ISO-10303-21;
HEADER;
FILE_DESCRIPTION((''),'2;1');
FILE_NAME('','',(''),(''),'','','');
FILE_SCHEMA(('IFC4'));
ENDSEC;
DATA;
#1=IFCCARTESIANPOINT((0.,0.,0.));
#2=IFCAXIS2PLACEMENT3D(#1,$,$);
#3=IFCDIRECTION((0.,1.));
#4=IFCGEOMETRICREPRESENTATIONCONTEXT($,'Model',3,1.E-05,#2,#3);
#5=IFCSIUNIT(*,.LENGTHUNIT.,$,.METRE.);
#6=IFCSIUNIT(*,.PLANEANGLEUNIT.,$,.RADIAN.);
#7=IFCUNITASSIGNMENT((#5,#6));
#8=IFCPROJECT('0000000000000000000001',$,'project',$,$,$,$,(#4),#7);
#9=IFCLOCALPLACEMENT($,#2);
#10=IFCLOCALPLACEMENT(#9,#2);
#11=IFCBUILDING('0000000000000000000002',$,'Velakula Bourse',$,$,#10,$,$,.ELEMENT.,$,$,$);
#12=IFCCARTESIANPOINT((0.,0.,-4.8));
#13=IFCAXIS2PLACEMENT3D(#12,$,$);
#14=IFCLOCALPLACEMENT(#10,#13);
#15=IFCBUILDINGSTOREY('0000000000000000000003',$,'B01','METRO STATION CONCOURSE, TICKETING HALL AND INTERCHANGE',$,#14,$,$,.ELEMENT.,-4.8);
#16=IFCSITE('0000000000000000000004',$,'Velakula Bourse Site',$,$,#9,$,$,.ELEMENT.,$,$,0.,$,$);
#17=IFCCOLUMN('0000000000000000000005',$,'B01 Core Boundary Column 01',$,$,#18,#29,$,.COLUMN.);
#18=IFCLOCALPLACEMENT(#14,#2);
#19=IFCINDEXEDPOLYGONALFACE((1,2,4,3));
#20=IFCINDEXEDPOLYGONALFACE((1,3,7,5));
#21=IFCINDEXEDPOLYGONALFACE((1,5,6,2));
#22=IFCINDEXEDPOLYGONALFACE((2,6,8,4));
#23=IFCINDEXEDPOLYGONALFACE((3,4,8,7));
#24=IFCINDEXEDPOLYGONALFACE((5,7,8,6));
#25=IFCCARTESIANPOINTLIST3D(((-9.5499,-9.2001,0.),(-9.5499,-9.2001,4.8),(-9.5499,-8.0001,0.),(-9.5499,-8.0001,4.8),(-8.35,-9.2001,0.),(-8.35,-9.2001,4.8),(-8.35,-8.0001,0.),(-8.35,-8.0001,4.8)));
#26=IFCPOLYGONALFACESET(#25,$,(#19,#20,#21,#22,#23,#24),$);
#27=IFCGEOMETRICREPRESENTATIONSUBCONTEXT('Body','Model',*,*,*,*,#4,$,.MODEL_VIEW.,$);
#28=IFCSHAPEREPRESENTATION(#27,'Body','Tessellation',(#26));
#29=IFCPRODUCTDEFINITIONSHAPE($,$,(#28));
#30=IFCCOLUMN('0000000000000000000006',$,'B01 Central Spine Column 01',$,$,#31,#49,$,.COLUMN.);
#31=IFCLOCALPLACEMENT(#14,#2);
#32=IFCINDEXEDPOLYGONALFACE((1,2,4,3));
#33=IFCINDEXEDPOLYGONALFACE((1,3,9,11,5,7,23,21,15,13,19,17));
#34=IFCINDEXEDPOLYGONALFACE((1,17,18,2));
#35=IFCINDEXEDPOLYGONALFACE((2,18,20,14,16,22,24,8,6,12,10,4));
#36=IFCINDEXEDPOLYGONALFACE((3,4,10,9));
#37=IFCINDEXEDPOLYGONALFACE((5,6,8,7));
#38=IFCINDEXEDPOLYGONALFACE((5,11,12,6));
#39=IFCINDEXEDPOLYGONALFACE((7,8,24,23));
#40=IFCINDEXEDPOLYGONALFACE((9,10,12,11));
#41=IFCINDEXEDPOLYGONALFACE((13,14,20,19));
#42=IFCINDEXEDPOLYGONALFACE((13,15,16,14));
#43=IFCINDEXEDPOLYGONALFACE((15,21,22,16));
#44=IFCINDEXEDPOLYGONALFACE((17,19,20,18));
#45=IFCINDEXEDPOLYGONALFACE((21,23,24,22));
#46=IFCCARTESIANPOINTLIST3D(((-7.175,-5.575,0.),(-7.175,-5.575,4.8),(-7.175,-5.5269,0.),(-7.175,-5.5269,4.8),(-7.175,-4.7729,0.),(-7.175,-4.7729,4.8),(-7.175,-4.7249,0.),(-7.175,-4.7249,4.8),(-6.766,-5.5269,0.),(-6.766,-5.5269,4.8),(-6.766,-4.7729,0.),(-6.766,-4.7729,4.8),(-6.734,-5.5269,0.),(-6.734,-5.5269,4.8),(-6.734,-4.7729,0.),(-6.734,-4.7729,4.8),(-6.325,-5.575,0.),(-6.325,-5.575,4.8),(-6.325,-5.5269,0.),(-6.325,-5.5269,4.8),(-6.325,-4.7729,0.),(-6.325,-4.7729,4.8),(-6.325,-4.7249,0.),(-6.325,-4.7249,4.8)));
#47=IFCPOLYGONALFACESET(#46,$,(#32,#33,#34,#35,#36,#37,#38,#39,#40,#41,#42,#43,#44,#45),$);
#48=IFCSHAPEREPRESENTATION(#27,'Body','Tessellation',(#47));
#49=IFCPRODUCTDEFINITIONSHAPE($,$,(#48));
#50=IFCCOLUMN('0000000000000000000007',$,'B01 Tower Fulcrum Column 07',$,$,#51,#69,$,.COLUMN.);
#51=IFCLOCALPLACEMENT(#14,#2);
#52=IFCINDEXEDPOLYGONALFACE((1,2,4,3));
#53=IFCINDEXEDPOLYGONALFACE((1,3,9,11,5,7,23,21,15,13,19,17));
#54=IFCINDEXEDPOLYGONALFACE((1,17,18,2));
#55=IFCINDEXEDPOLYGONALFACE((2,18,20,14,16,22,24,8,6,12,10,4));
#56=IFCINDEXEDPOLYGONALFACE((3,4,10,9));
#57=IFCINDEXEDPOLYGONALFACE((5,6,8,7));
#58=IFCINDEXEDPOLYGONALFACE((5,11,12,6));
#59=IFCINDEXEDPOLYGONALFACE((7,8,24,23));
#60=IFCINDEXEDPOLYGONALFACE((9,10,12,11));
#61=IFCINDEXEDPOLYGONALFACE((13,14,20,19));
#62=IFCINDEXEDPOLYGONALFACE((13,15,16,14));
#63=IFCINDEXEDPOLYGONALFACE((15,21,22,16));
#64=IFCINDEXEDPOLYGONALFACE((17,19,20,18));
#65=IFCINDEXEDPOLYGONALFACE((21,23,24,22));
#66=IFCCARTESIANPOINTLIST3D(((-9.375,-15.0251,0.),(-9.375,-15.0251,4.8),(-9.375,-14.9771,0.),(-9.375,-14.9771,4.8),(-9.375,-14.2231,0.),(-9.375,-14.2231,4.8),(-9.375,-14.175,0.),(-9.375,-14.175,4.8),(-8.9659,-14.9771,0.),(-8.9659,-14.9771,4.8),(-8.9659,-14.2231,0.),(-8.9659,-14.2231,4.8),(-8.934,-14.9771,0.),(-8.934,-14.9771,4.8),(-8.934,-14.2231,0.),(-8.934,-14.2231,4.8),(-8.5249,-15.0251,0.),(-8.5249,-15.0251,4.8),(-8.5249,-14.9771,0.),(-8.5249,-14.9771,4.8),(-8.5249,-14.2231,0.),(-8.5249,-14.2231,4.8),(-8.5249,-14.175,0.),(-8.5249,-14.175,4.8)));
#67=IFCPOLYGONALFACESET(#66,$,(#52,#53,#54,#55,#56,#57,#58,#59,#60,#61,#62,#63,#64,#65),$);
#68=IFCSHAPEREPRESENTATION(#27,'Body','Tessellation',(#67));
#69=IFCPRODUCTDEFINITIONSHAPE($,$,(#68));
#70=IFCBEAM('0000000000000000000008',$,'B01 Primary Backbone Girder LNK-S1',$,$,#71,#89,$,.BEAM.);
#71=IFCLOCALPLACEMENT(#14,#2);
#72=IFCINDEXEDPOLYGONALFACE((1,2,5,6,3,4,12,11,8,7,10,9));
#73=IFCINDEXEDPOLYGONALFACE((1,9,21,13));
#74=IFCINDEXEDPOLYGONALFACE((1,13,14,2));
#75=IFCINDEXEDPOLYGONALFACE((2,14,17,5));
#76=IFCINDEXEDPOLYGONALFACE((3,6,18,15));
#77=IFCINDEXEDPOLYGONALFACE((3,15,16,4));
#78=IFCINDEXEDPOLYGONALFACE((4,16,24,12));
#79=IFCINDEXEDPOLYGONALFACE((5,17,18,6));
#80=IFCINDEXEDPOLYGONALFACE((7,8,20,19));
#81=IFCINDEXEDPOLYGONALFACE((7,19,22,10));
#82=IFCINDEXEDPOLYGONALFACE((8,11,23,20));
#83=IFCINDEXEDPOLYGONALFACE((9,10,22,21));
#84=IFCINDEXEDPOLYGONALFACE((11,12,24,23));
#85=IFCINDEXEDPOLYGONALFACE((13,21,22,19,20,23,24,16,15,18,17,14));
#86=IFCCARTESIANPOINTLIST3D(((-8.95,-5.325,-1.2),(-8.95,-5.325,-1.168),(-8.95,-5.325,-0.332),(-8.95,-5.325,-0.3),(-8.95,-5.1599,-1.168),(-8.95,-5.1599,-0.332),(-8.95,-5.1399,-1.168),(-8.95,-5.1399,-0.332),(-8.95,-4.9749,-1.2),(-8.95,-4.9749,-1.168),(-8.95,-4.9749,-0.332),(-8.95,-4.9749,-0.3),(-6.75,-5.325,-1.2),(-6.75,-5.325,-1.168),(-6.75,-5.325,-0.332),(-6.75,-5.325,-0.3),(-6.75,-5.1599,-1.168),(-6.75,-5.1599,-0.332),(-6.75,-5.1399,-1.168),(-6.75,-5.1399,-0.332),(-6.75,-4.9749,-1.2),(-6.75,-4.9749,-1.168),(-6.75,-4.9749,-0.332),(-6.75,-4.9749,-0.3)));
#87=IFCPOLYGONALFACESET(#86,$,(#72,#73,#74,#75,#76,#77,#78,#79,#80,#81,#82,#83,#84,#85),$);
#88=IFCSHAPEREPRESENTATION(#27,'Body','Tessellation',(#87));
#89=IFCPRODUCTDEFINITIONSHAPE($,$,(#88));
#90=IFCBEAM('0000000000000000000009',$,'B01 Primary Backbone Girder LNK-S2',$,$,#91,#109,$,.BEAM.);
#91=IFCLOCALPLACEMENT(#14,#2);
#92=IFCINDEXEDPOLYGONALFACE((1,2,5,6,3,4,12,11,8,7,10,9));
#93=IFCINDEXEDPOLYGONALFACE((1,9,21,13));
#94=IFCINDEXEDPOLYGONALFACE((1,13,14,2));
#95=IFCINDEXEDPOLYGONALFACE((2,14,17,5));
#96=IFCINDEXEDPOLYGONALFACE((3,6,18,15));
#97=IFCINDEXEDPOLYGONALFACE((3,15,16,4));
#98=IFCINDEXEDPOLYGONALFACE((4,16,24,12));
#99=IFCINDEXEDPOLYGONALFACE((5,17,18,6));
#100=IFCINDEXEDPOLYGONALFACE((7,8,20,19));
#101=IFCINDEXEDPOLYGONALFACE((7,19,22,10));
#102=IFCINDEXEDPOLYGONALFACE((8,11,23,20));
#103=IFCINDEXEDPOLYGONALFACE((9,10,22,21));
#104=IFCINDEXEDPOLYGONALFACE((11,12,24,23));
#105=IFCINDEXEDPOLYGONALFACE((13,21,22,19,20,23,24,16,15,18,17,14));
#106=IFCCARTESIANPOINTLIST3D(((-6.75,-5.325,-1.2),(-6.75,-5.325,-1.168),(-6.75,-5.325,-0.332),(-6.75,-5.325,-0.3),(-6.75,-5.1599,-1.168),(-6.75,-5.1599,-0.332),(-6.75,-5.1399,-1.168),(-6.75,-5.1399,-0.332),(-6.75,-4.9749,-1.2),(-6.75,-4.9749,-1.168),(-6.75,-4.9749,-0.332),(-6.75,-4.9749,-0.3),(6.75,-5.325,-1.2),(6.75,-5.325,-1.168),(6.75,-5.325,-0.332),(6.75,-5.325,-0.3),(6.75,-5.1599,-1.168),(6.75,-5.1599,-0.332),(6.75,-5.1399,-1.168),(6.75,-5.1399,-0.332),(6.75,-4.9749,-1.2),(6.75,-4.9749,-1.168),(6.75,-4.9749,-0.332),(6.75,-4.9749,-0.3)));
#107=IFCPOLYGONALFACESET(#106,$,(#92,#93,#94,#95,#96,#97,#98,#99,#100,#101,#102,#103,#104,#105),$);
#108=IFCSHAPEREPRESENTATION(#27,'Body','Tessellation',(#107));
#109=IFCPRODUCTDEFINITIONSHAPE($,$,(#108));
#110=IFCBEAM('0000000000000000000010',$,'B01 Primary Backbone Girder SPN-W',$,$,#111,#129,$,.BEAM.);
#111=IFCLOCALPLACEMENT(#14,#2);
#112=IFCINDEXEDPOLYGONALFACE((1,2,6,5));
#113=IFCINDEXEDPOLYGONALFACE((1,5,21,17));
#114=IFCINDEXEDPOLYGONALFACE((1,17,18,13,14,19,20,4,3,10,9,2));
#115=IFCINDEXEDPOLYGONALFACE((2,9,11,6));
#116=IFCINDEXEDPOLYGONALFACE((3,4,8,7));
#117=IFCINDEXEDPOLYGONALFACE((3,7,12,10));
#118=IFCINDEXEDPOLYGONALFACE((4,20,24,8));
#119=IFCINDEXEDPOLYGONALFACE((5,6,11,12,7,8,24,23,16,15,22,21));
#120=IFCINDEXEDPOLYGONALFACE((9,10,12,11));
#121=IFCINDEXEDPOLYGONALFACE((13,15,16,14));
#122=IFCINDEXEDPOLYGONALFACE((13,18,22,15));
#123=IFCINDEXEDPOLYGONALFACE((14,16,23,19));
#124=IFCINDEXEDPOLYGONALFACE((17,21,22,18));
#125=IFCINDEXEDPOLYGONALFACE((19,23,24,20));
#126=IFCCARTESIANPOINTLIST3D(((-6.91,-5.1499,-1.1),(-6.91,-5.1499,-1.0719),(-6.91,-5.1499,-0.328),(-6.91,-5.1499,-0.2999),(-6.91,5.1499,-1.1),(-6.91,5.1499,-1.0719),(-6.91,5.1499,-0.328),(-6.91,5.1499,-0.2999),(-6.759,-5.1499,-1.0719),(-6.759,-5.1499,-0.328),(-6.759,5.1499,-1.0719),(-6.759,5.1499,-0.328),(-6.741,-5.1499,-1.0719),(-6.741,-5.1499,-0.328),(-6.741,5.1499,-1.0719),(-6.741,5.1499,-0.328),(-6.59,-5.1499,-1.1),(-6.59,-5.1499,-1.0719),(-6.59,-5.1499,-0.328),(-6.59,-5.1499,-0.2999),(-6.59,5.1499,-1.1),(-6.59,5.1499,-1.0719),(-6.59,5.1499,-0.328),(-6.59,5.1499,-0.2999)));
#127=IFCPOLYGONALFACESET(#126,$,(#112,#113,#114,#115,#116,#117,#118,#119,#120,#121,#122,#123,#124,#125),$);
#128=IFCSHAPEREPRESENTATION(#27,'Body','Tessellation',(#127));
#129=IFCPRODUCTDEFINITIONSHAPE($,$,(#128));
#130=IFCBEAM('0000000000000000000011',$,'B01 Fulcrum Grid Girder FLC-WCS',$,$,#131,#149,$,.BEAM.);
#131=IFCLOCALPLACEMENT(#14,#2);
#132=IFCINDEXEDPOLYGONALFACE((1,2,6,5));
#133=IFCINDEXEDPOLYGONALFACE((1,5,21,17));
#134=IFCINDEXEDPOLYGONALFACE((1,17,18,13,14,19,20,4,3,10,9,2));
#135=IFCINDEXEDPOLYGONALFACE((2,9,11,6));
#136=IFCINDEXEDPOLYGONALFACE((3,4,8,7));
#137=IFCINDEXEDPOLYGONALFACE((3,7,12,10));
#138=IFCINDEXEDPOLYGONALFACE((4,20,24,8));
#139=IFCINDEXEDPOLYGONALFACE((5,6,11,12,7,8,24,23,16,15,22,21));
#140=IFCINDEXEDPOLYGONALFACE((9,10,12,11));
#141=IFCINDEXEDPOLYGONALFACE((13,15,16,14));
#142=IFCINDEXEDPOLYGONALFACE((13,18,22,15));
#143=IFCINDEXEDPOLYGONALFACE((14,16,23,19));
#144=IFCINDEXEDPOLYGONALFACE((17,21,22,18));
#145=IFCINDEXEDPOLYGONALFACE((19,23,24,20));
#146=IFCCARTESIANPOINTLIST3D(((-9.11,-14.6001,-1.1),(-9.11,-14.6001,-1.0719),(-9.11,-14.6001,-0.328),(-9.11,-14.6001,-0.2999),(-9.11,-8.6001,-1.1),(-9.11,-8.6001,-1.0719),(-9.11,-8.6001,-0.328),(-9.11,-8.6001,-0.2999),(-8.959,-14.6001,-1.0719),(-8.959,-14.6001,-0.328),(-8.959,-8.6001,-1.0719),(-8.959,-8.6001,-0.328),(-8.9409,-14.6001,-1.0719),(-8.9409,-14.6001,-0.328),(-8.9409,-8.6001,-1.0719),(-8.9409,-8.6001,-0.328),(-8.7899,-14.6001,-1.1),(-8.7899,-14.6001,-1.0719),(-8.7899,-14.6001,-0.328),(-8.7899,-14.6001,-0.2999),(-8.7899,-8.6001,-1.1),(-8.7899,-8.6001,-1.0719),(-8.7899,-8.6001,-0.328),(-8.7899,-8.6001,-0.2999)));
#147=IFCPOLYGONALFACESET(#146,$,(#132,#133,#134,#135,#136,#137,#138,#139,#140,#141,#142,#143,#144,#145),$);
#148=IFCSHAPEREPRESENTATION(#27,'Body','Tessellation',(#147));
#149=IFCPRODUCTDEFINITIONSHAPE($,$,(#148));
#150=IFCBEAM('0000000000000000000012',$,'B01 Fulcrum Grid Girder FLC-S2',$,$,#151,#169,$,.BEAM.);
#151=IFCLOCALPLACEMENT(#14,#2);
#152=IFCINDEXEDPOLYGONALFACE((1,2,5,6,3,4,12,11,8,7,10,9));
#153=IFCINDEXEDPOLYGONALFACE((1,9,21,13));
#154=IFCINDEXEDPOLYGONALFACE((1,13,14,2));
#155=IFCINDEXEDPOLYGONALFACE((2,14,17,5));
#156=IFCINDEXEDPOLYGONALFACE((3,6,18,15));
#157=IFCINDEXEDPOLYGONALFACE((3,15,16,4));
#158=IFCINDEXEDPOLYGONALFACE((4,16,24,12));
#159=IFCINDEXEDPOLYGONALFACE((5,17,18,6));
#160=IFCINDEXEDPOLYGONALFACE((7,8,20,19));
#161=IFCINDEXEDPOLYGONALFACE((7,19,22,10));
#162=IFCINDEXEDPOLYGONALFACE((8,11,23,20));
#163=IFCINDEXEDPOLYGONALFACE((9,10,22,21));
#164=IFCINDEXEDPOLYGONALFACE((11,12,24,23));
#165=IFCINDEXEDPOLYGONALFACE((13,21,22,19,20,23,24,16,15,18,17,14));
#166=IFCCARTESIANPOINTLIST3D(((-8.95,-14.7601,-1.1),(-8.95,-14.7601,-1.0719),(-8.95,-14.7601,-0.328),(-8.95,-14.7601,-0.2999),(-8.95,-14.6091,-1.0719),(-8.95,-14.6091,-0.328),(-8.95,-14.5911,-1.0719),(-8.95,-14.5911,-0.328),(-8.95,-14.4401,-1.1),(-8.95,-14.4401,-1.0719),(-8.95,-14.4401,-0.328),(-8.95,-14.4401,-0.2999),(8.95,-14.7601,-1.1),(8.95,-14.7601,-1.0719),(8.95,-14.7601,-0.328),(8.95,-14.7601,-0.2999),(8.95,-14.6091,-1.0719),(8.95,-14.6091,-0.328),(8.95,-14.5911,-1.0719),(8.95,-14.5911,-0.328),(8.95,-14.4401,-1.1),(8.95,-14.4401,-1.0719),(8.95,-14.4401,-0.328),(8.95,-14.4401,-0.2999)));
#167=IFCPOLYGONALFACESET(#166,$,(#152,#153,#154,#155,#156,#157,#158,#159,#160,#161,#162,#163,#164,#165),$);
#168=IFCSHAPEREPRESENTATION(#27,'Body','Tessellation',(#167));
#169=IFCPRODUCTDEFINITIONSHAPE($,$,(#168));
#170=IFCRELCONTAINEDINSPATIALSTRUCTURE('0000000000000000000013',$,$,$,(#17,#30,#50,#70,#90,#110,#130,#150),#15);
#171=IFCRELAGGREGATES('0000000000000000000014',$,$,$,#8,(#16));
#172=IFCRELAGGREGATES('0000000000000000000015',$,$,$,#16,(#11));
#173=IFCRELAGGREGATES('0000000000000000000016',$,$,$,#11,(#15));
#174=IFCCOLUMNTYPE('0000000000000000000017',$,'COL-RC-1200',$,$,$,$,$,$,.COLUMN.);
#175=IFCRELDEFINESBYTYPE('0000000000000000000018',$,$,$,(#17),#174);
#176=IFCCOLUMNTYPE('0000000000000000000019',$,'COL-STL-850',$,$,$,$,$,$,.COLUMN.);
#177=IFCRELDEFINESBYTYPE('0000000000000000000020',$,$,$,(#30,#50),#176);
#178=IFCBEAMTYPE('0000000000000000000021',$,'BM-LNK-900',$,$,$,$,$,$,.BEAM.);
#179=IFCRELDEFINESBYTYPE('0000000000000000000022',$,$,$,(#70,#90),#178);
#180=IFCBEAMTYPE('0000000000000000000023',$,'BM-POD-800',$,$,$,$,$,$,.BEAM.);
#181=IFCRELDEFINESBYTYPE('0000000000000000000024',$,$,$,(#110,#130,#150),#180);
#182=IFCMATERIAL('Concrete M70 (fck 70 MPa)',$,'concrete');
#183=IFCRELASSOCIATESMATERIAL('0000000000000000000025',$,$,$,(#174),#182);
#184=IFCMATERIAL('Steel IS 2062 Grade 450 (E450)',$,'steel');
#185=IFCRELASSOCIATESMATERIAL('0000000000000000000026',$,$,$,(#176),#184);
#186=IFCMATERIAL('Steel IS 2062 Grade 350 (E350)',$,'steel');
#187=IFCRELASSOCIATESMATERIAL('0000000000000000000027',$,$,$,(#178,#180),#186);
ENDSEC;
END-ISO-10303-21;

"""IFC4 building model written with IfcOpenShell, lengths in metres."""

from ifc_helpers import new_model, si_unit, direction, frame, origin, origin_2d, place, context, subcontext, project, spatial, rectangle, i_section, extrude, material, material_profile, profile_set, type_object, element, save


model = new_model("IFC4")

# Units and contexts
model_context = context("Model", 3, precision=1e-05, world=origin(), true_north=direction((0.0, 1.0)))
body_context = subcontext(model_context, "Body", "Model", "MODEL_VIEW")
ifc_project = project(units=[si_unit("LENGTHUNIT", "METRE"), si_unit("PLANEANGLEUNIT", "RADIAN")], contexts=[model_context])

# Site, building, storey
site_placement = place(None, origin())
site = spatial("IfcSite", under=ifc_project, at=site_placement, Name="Velakula Bourse Site", CompositionType="ELEMENT", RefElevation=0.0)
building_placement = place(site_placement, origin())
building = spatial("IfcBuilding", under=site, at=building_placement, Name="Velakula Bourse", CompositionType="ELEMENT")
storey_placement = place(building_placement, frame((0.0, 0.0, -4.8)))
storey = spatial("IfcBuildingStorey", under=building, at=storey_placement, Name="B01", Description="METRO STATION CONCOURSE, TICKETING HALL AND INTERCHANGE", CompositionType="ELEMENT", Elevation=-4.8)

# Columns
ifc_material_1 = material(Name="Concrete M70 (fck 70 MPa)", Category="concrete")
ifc_material_profile_1 = material_profile(ifc_material_1, rectangle(XDim=1.2, YDim=1.2, at=origin_2d()), Name="Concrete M70 (fck 70 MPa)")
ifc_profile_set_1 = profile_set([ifc_material_profile_1], Name="Concrete M70 (fck 70 MPa)")
column_type_1 = type_object("IfcColumnType", Name="COL-RC-1200", PredefinedType="COLUMN", material=ifc_profile_set_1)
column_placement = place(storey_placement, frame((-8.95, -8.6001, 0.0), z_axis=(0.0, 0.0, 1.0), x_axis=(1.0, 0.0, 0.0)))
element("IfcColumn", 1, at=column_placement, inside=storey, type_object=column_type_1, Name="B01 Core Boundary Column 01", PredefinedType="COLUMN", context=body_context, shape_type="SweptSolid", body=[
    extrude(rectangle(XDim=1.2, YDim=1.2, at=origin_2d()), origin(), (0.0, 0.0, 1.0), 4.8),
])
ifc_material_2 = material(Name="Steel IS 2062 Grade 450 (E450)", Category="steel")
ifc_material_profile_2 = material_profile(ifc_material_2, i_section(OverallWidth=0.8501, OverallDepth=0.8501, WebThickness=0.032, FlangeThickness=0.0481, at=origin_2d()), Name="Steel IS 2062 Grade 450 (E450)")
ifc_profile_set_2 = profile_set([ifc_material_profile_2], Name="Steel IS 2062 Grade 450 (E450)")
column_type_2 = type_object("IfcColumnType", Name="COL-STL-850", PredefinedType="COLUMN", material=ifc_profile_set_2)
for number, where, z_axis, x_axis, name in (
    (2, (-6.75, -5.1499, 0.0), (0.0, 0.0, 1.0), (1.0, 0.0, 0.0), "B01 Central Spine Column 01"),
    (3, (-8.95, -14.6001, 0.0), (0.0, 0.0, 1.0), (1.0, 0.0, 0.0), "B01 Tower Fulcrum Column 07"),
):
    element("IfcColumn", number, at=place(storey_placement, frame(where, z_axis=z_axis, x_axis=x_axis)), inside=storey, type_object=column_type_2, Name=name, PredefinedType="COLUMN", context=body_context, shape_type="SweptSolid", body=[
        extrude(i_section(OverallWidth=0.8501, OverallDepth=0.8501, WebThickness=0.032, FlangeThickness=0.0481, at=origin_2d()), origin(), (0.0, 0.0, 1.0), 4.8),
    ])

# Beams
ifc_material_3 = material(Name="Steel IS 2062 Grade 350 (E350)", Category="steel")
ifc_material_profile_3 = material_profile(ifc_material_3, i_section(OverallWidth=0.3501, OverallDepth=0.8999, WebThickness=0.02, FlangeThickness=0.032, at=origin_2d()), Name="Steel IS 2062 Grade 350 (E350)")
ifc_profile_set_3 = profile_set([ifc_material_profile_3], Name="Steel IS 2062 Grade 350 (E350)")
beam_type_1 = type_object("IfcBeamType", Name="BM-LNK-900", PredefinedType="BEAM", material=ifc_profile_set_3)
beam_1_placement = place(storey_placement, frame((-8.95, -5.1499, -0.75), z_axis=(1.0, 0.0, 0.0), x_axis=(0.0, 1.0, 0.0)))
element("IfcBeam", 4, at=beam_1_placement, inside=storey, type_object=beam_type_1, Name="B01 Primary Backbone Girder LNK-S1", PredefinedType="BEAM", context=body_context, shape_type="SweptSolid", body=[
    extrude(i_section(OverallWidth=0.3501, OverallDepth=0.8999, WebThickness=0.02, FlangeThickness=0.032, at=origin_2d()), origin(), (0.0, 0.0, 1.0), 2.2),
])
beam_2_placement = place(storey_placement, frame((-6.75, -5.1499, -0.75), z_axis=(1.0, 0.0, 0.0), x_axis=(0.0, 1.0, 0.0)))
element("IfcBeam", 5, at=beam_2_placement, inside=storey, type_object=beam_type_1, Name="B01 Primary Backbone Girder LNK-S2", PredefinedType="BEAM", context=body_context, shape_type="SweptSolid", body=[
    extrude(i_section(OverallWidth=0.3501, OverallDepth=0.8999, WebThickness=0.02, FlangeThickness=0.032, at=origin_2d()), origin(), (0.0, 0.0, 1.0), 13.5),
])
ifc_material_profile_4 = material_profile(ifc_material_3, i_section(OverallWidth=0.3201, OverallDepth=0.8, WebThickness=0.0181, FlangeThickness=0.0281, at=origin_2d()), Name="Steel IS 2062 Grade 350 (E350)")
ifc_profile_set_4 = profile_set([ifc_material_profile_4], Name="Steel IS 2062 Grade 350 (E350)")
beam_type_2 = type_object("IfcBeamType", Name="BM-POD-800", PredefinedType="BEAM", material=ifc_profile_set_4)
beam_3_placement = place(storey_placement, frame((-6.75, -5.1499, -0.7), z_axis=(0.0, 1.0, 0.0), x_axis=(-1.0, 0.0, 0.0)))
element("IfcBeam", 6, at=beam_3_placement, inside=storey, type_object=beam_type_2, Name="B01 Primary Backbone Girder SPN-W", PredefinedType="BEAM", context=body_context, shape_type="SweptSolid", body=[
    extrude(i_section(OverallWidth=0.3201, OverallDepth=0.8, WebThickness=0.0181, FlangeThickness=0.0281, at=origin_2d()), origin(), (0.0, 0.0, 1.0), 10.2998),
])
beam_4_placement = place(storey_placement, frame((-8.95, -14.6001, -0.7), z_axis=(0.0, 1.0, 0.0), x_axis=(-1.0, 0.0, 0.0)))
element("IfcBeam", 7, at=beam_4_placement, inside=storey, type_object=beam_type_2, Name="B01 Fulcrum Grid Girder FLC-WCS", PredefinedType="BEAM", context=body_context, shape_type="SweptSolid", body=[
    extrude(i_section(OverallWidth=0.3201, OverallDepth=0.8, WebThickness=0.0181, FlangeThickness=0.0281, at=origin_2d()), origin(), (0.0, 0.0, 1.0), 6.0),
])
beam_5_placement = place(storey_placement, frame((-8.95, -14.6001, -0.7), z_axis=(1.0, 0.0, 0.0), x_axis=(0.0, 1.0, 0.0)))
element("IfcBeam", 8, at=beam_5_placement, inside=storey, type_object=beam_type_2, Name="B01 Fulcrum Grid Girder FLC-S2", PredefinedType="BEAM", context=body_context, shape_type="SweptSolid", body=[
    extrude(i_section(OverallWidth=0.3201, OverallDepth=0.8, WebThickness=0.0181, FlangeThickness=0.0281, at=origin_2d()), origin(), (0.0, 0.0, 1.0), 17.8999),
])

save(model, "model.ifc")
